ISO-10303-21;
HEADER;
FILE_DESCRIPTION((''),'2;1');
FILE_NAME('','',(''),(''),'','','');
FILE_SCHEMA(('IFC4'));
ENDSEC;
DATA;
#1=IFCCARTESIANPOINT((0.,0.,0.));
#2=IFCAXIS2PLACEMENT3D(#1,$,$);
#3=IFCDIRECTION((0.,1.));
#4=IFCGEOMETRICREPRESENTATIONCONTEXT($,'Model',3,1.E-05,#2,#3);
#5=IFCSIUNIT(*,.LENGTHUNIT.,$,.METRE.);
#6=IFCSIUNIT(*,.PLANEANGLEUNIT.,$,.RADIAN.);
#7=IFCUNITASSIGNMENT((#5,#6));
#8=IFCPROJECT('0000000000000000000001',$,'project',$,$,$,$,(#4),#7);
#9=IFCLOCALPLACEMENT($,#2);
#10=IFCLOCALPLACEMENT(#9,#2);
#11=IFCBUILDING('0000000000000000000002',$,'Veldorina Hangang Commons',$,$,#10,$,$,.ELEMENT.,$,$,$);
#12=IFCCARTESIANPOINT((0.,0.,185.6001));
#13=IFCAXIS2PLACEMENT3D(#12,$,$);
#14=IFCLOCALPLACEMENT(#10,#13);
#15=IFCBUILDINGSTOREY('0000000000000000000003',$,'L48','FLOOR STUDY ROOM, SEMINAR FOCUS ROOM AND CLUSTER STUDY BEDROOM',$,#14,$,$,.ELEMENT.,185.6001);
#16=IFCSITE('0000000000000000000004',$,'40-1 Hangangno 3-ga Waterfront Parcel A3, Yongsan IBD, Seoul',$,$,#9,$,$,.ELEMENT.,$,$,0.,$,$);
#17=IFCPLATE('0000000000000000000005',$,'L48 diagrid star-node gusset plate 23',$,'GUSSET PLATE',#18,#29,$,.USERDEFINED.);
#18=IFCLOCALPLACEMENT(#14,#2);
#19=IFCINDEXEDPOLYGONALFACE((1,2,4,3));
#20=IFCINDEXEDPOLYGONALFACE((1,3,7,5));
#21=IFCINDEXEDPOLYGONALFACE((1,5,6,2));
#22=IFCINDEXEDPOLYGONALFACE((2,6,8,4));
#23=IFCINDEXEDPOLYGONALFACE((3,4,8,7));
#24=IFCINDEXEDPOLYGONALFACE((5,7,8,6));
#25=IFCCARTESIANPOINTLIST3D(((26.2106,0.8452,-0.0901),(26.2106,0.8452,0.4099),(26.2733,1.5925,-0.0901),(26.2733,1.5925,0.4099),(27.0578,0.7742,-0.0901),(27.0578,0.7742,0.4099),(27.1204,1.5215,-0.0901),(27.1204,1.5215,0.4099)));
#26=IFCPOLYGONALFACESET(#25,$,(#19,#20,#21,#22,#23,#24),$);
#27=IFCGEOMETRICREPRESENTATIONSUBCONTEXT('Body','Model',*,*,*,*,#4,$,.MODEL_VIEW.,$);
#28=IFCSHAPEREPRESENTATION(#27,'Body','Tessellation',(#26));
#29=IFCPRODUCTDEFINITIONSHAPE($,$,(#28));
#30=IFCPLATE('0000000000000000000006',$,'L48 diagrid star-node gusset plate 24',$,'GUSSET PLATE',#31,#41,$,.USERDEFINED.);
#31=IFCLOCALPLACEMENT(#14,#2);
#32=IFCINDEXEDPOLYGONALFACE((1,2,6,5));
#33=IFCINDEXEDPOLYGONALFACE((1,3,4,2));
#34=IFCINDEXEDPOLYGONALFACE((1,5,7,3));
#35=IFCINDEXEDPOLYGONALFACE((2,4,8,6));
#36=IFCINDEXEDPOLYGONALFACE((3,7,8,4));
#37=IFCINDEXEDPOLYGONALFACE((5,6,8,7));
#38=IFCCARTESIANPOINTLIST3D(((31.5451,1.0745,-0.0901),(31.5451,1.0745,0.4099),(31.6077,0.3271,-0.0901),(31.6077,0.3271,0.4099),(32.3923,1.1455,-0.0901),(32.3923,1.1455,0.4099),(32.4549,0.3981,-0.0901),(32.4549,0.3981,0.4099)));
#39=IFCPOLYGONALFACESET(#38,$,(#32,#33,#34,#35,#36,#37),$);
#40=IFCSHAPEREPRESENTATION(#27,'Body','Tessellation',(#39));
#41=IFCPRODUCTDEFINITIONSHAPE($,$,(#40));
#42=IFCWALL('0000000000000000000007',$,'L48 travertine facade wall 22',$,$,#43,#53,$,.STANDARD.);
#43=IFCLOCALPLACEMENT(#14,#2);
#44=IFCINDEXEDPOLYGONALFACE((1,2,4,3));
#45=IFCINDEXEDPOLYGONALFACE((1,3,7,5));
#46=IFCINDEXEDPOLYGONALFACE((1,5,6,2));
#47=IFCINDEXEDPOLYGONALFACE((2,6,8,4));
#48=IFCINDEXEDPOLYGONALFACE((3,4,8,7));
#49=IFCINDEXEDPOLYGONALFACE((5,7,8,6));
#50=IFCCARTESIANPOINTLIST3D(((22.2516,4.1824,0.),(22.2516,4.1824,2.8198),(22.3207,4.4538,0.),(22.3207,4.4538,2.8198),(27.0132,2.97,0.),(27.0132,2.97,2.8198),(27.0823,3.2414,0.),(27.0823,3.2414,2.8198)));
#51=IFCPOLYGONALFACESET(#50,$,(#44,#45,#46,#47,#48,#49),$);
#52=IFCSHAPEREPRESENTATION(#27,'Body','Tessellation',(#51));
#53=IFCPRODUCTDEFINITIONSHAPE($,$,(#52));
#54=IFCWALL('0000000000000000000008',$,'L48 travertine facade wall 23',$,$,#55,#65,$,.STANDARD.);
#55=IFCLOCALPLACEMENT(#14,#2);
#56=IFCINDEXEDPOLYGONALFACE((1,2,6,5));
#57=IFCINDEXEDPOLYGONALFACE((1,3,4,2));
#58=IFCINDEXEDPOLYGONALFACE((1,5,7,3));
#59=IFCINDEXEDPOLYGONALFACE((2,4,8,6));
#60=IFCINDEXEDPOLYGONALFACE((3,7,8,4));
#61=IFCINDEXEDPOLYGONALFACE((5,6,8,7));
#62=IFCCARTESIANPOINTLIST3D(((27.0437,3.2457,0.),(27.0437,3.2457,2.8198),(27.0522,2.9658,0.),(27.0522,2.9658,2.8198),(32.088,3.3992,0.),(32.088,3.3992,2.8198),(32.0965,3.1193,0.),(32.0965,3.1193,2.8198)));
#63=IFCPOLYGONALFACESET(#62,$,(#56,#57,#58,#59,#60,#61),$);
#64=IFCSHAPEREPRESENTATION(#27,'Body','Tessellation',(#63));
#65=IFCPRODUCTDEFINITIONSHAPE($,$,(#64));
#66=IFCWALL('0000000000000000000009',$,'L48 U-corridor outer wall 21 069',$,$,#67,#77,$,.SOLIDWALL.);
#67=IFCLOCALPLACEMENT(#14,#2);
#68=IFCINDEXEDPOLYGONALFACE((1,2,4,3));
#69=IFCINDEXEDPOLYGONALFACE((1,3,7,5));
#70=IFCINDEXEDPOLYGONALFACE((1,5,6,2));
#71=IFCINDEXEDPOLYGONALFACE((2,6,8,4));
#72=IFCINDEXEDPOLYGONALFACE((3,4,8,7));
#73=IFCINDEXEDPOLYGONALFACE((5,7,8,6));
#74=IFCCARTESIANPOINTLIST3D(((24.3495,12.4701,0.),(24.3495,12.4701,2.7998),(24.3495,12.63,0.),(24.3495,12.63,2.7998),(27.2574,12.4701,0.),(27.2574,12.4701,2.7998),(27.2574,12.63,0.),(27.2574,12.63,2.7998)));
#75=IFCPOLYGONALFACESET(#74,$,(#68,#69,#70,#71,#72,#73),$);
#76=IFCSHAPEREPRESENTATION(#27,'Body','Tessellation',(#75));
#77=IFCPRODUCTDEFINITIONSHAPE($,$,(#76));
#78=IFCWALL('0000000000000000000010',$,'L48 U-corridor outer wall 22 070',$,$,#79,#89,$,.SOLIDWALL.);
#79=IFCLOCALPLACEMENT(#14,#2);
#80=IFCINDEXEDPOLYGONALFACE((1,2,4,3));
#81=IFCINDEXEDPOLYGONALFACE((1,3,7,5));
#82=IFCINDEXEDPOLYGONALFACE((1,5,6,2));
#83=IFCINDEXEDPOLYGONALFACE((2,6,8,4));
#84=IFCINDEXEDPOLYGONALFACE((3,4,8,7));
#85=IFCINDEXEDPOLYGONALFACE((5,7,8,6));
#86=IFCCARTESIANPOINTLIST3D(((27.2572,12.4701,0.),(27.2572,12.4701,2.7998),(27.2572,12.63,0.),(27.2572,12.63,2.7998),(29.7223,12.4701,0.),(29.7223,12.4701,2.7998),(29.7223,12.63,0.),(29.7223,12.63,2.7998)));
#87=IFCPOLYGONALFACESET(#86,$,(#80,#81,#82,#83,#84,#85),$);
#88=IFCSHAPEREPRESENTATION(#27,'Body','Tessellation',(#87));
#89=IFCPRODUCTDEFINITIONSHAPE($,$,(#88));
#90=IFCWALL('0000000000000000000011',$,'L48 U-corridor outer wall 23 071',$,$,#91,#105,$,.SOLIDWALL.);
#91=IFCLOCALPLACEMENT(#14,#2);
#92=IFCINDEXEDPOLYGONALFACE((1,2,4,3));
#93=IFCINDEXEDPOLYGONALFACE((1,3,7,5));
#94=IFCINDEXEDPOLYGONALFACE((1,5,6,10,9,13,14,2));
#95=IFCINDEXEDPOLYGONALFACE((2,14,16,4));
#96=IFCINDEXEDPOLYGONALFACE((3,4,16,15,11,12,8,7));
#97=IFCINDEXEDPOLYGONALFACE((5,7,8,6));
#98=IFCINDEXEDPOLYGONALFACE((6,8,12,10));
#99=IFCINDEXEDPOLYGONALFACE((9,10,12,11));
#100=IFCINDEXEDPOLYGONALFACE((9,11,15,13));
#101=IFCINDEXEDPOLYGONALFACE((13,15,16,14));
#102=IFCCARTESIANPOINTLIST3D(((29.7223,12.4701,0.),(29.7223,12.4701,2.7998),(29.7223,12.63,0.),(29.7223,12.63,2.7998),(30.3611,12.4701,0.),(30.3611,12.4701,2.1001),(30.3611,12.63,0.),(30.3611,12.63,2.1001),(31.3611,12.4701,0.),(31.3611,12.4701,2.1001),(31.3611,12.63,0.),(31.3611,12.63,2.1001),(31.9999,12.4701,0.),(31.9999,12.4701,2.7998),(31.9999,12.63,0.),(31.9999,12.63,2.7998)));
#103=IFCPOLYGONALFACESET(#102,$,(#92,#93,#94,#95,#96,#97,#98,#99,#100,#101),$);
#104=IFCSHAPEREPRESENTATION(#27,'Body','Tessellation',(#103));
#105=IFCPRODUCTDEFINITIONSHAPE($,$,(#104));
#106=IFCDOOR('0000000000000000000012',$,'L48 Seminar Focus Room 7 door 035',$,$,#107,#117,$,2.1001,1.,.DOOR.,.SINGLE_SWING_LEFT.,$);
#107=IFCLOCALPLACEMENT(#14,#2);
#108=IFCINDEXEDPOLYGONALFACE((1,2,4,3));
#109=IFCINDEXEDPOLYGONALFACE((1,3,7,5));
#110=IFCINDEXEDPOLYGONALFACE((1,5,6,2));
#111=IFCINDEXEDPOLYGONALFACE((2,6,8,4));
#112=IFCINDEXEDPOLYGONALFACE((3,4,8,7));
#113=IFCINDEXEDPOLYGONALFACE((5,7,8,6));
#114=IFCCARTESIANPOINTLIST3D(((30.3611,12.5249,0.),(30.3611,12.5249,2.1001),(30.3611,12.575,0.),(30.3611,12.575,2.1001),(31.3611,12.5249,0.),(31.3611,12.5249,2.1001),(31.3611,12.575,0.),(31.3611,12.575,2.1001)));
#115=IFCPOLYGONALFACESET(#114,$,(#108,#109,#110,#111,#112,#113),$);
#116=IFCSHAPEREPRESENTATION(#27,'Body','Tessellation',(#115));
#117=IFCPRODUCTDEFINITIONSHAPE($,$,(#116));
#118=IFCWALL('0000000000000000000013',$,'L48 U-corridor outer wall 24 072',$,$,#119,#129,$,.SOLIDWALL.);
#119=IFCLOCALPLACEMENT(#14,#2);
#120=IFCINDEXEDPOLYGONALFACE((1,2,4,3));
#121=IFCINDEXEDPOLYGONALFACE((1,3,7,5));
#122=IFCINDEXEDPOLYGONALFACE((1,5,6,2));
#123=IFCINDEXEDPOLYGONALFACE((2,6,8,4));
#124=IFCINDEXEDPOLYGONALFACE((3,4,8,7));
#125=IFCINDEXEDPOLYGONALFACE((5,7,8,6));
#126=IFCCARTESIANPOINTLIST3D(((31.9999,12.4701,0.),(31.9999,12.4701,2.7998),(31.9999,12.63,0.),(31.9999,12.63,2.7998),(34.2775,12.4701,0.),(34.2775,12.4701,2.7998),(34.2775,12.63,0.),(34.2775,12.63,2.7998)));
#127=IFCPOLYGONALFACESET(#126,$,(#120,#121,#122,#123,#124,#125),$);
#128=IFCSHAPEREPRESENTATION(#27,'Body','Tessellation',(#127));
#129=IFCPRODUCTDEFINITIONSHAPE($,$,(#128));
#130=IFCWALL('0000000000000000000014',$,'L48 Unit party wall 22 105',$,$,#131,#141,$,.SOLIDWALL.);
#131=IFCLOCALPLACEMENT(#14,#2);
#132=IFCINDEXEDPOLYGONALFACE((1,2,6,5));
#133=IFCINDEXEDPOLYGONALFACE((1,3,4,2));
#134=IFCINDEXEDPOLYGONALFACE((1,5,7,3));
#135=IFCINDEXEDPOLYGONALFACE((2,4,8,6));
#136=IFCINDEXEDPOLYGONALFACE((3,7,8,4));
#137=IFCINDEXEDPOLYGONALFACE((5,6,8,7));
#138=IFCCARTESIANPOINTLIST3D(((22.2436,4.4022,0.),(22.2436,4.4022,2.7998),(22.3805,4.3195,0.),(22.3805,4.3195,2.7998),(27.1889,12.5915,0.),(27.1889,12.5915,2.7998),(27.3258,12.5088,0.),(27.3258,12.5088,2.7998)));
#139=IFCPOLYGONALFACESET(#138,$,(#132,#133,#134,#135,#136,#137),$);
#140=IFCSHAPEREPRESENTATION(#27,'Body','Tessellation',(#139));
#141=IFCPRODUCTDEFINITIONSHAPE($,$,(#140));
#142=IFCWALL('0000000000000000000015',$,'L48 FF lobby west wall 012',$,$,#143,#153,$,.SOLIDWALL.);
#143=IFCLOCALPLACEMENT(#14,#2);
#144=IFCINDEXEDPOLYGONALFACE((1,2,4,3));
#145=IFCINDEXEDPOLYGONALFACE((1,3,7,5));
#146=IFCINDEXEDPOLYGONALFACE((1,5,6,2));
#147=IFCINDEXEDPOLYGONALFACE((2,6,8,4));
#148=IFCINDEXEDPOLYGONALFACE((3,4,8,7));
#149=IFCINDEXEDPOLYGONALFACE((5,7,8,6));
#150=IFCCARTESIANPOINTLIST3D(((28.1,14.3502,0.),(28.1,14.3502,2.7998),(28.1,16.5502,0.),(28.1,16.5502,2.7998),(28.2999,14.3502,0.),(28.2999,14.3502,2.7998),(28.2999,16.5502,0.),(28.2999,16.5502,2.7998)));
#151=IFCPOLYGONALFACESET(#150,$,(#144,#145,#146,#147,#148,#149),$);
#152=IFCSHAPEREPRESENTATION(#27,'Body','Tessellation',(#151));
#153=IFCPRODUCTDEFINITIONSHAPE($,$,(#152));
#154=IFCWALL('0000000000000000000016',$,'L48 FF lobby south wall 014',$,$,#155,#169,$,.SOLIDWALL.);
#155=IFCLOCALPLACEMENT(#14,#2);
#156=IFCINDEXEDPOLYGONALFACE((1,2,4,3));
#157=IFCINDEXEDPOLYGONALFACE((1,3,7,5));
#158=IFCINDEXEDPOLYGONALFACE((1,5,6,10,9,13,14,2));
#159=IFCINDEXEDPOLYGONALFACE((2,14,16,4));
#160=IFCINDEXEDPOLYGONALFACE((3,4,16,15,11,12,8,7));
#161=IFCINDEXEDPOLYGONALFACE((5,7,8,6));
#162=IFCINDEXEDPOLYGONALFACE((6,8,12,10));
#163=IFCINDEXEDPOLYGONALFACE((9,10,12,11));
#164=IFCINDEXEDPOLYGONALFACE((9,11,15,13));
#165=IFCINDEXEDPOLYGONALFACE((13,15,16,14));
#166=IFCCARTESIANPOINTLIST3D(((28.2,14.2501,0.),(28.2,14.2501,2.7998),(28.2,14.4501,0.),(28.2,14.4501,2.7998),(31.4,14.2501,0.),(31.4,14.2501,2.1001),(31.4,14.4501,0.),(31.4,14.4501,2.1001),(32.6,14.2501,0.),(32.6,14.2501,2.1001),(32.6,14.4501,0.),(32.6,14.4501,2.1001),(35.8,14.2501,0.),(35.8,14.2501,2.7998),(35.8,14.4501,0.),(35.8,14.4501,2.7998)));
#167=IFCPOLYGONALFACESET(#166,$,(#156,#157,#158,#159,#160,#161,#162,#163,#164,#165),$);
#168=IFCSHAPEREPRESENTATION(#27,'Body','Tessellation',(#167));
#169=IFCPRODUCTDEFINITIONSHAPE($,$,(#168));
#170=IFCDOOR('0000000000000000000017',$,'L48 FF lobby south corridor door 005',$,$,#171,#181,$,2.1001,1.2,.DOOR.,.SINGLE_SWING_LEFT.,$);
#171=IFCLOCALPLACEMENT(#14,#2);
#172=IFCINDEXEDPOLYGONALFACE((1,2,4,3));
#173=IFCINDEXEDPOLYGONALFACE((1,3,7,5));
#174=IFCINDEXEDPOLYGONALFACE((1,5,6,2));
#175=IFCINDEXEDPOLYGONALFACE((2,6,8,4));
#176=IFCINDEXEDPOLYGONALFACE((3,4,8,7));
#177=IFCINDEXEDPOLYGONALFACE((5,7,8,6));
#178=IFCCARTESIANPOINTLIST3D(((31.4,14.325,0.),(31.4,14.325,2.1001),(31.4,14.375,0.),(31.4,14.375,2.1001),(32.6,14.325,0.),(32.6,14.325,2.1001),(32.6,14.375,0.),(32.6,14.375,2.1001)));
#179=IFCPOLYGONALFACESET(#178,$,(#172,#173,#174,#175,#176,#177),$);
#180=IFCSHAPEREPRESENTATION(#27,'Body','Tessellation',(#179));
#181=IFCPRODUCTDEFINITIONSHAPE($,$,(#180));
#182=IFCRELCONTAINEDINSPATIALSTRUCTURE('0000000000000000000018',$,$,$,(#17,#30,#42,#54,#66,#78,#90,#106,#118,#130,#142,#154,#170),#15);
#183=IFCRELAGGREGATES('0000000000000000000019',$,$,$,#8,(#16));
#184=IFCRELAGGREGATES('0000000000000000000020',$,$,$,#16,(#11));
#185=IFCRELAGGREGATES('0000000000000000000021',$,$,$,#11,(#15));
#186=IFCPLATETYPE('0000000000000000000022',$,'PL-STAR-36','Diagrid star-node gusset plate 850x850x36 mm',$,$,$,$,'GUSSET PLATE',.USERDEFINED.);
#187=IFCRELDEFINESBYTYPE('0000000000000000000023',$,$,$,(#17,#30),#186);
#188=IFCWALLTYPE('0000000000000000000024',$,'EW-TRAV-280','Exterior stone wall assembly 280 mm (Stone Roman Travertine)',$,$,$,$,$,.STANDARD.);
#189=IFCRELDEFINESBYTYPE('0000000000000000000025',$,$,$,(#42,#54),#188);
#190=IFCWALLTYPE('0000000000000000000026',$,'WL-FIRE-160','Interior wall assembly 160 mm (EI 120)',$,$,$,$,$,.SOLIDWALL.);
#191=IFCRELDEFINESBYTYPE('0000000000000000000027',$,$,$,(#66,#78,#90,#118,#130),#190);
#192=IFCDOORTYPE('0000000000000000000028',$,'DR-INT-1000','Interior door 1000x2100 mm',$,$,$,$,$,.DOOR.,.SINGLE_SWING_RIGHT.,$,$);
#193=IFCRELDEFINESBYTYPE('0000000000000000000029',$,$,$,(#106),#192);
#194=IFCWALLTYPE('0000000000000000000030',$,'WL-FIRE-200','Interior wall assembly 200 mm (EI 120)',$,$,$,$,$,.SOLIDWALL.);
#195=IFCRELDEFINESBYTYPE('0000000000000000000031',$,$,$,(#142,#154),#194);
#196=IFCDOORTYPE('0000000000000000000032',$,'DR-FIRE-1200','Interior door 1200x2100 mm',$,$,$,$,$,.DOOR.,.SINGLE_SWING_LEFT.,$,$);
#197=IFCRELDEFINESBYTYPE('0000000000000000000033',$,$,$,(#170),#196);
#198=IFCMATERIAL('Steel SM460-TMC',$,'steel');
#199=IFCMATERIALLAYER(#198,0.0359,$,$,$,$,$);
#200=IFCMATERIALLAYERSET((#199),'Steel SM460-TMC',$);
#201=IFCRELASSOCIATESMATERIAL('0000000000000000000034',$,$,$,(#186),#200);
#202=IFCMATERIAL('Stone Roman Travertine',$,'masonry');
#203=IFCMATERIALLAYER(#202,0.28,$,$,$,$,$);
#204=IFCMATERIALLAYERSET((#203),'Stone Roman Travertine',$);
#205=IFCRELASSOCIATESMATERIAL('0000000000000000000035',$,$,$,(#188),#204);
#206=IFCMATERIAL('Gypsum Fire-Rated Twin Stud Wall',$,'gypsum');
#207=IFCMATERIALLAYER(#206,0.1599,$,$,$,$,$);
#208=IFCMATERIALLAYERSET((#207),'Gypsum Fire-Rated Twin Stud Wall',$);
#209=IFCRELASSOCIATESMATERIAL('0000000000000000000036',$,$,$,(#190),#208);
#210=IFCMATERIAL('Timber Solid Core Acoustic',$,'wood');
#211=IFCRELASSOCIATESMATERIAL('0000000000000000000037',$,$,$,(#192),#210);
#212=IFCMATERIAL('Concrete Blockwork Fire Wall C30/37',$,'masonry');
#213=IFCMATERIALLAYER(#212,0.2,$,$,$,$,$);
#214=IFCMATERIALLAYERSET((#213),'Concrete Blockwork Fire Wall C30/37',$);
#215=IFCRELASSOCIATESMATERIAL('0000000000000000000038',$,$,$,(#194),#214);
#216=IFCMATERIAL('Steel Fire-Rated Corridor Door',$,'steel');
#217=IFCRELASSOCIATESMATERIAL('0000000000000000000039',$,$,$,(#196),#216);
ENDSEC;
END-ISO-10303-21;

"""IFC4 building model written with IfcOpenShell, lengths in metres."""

from ifc_helpers import new_model, si_unit, direction, frame, frame_2d, origin, origin_2d, place, context, subcontext, project, spatial, rectangle, extrude, material, layer, layer_set, type_object, element, fill, save


model = new_model("IFC4")

# Units and contexts
model_context = context("Model", 3, precision=1e-05, world=origin(), true_north=direction((0.0, 1.0)))
body_context = subcontext(model_context, "Body", "Model", "MODEL_VIEW")
ifc_project = project(units=[si_unit("LENGTHUNIT", "METRE"), si_unit("PLANEANGLEUNIT", "RADIAN")], contexts=[model_context])

# Site, building, storey
site_placement = place(None, origin())
site = spatial("IfcSite", under=ifc_project, at=site_placement, Name="40-1 Hangangno 3-ga Waterfront Parcel A3, Yongsan IBD, Seoul", CompositionType="ELEMENT", RefElevation=0.0)
building_placement = place(site_placement, origin())
building = spatial("IfcBuilding", under=site, at=building_placement, Name="Veldorina Hangang Commons", CompositionType="ELEMENT")
storey_placement = place(building_placement, frame((0.0, 0.0, 185.6001)))
storey = spatial("IfcBuildingStorey", under=building, at=storey_placement, Name="L48", Description="FLOOR STUDY ROOM, SEMINAR FOCUS ROOM AND CLUSTER STUDY BEDROOM", CompositionType="ELEMENT", Elevation=185.6001)

# Plates
ifc_material_1 = material(Name="Steel SM460-TMC", Category="steel")
ifc_layer_1 = layer(ifc_material_1, 0.0359)
ifc_layer_set_1 = layer_set([ifc_layer_1], Name="Steel SM460-TMC")
plate_type = type_object("IfcPlateType", Name="PL-STAR-36", Description="Diagrid star-node gusset plate 850x850x36 mm", ElementType="GUSSET PLATE", PredefinedType="USERDEFINED", material=ifc_layer_set_1)
for number, where, z_axis, x_axis, name in (
    (1, (26.6655, 1.1833, -0.0901), (0.0, 0.0, 1.0), (0.996507, -0.083504, 0.0), "L48 diagrid star-node gusset plate 23"),
    (2, (32.0, 0.7363, -0.0901), (0.0, 0.0, 1.0), (0.996507, 0.083504, 0.0), "L48 diagrid star-node gusset plate 24"),
):
    element("IfcPlate", number, at=place(storey_placement, frame(where, z_axis=z_axis, x_axis=x_axis)), inside=storey, type_object=plate_type, Name=name, ObjectType="GUSSET PLATE", PredefinedType="USERDEFINED", context=body_context, shape_type="SweptSolid", body=[
        extrude(rectangle(XDim=0.8501, YDim=0.75, at=origin_2d()), origin(), (0.0, 0.0, 1.0), 0.5),
    ])

# Walls
ifc_material_2 = material(Name="Stone Roman Travertine", Category="masonry")
ifc_layer_2 = layer(ifc_material_2, 0.28)
ifc_layer_set_2 = layer_set([ifc_layer_2], Name="Stone Roman Travertine")
wall_type_1 = type_object("IfcWallType", Name="EW-TRAV-280", Description="Exterior stone wall assembly 280 mm (Stone Roman Travertine)", PredefinedType="STANDARD", material=ifc_layer_set_2)
wall_1_placement = place(storey_placement, frame((22.2861, 4.3181, 0.0), z_axis=(0.0, 0.0, 1.0), x_axis=(0.969081, -0.246742, 0.0)))
element("IfcWall", 3, at=wall_1_placement, inside=storey, type_object=wall_type_1, Name="L48 travertine facade wall 22", PredefinedType="STANDARD", context=body_context, shape_type="SweptSolid", body=[
    extrude(rectangle(XDim=4.9136, YDim=0.28, at=frame_2d((2.4568, 0.0))), origin(), (0.0, 0.0, 1.0), 2.8198),
])
wall_2_placement = place(storey_placement, frame((27.0479, 3.1057, 0.0), z_axis=(0.0, 0.0, 1.0), x_axis=(0.999537, 0.03043, 0.0)))
element("IfcWall", 4, at=wall_2_placement, inside=storey, type_object=wall_type_1, Name="L48 travertine facade wall 23", PredefinedType="STANDARD", context=body_context, shape_type="SweptSolid", body=[
    extrude(rectangle(XDim=5.0466, YDim=0.28, at=frame_2d((2.5234, 0.0))), origin(), (0.0, 0.0, 1.0), 2.8198),
])
ifc_material_3 = material(Name="Gypsum Fire-Rated Twin Stud Wall", Category="gypsum")
ifc_layer_3 = layer(ifc_material_3, 0.1599)
ifc_layer_set_3 = layer_set([ifc_layer_3], Name="Gypsum Fire-Rated Twin Stud Wall")
wall_type_2 = type_object("IfcWallType", Name="WL-FIRE-160", Description="Interior wall assembly 160 mm (EI 120)", PredefinedType="SOLIDWALL", material=ifc_layer_set_3)
wall_3_placement = place(storey_placement, frame((24.3494, 12.55, 0.0), z_axis=(0.0, 0.0, 1.0), x_axis=(1.0, 0.0, 0.0)))
element("IfcWall", 5, at=wall_3_placement, inside=storey, type_object=wall_type_2, Name="L48 U-corridor outer wall 21 069", PredefinedType="SOLIDWALL", context=body_context, shape_type="SweptSolid", body=[
    extrude(rectangle(XDim=2.908, YDim=0.1599, at=frame_2d((1.4541, 0.0))), origin(), (0.0, 0.0, 1.0), 2.7998),
])
wall_4_placement = place(storey_placement, frame((27.2573, 12.55, 0.0), z_axis=(0.0, 0.0, 1.0), x_axis=(1.0, 0.0, 0.0)))
element("IfcWall", 6, at=wall_4_placement, inside=storey, type_object=wall_type_2, Name="L48 U-corridor outer wall 22 070", PredefinedType="SOLIDWALL", context=body_context, shape_type="SweptSolid", body=[
    extrude(rectangle(XDim=2.4651, YDim=0.1599, at=frame_2d((1.2324, 0.0))), origin(), (0.0, 0.0, 1.0), 2.7998),
])

# Wall, opening, door
wall_5_placement = place(storey_placement, frame((29.7224, 12.55, 0.0), z_axis=(0.0, 0.0, 1.0), x_axis=(1.0, 0.0, 0.0)))
wall_5 = element("IfcWall", 7, at=wall_5_placement, inside=storey, type_object=wall_type_2, Name="L48 U-corridor outer wall 23 071", PredefinedType="SOLIDWALL", context=body_context, shape_type="SweptSolid", body=[
    extrude(rectangle(XDim=2.2776, YDim=0.1599, at=frame_2d((1.1387, 0.0))), origin(), (0.0, 0.0, 1.0), 2.7998),
])
opening_1_placement = place(wall_5_placement, frame((0.6387, 0.0, 0.0)))
opening_1 = element("IfcOpeningElement", 8, at=opening_1_placement, cuts=wall_5, PredefinedType="OPENING", context=body_context, shape_type="SweptSolid", body=[
    extrude(rectangle(XDim=1.0, YDim=2.1001, at=frame_2d((0.5, 1.05))), frame((0.0, 0.0898, 0.0), z_axis=(0.0, -1.0, 0.0), x_axis=(1.0, 0.0, 0.0)), (0.0, 0.0, 1.0), 0.1799),
])
ifc_material_4 = material(Name="Timber Solid Core Acoustic", Category="wood")
door_type_1 = type_object("IfcDoorType", Name="DR-INT-1000", Description="Interior door 1000x2100 mm", OperationType="SINGLE_SWING_RIGHT", PredefinedType="DOOR", material=ifc_material_4)
door_1_placement = place(opening_1_placement, origin())
door_1 = element("IfcDoor", 9, at=door_1_placement, inside=storey, type_object=door_type_1, Name="L48 Seminar Focus Room 7 door 035", OperationType="SINGLE_SWING_LEFT", OverallHeight=2.1001, OverallWidth=1.0, PredefinedType="DOOR", context=body_context, shape_type="SweptSolid", body=[
    extrude(rectangle(XDim=1.0, YDim=2.1001, at=frame_2d((0.5, 1.05))), frame((0.0, 0.0249, 0.0), z_axis=(0.0, -1.0, 0.0), x_axis=(1.0, 0.0, 0.0)), (0.0, 0.0, 1.0), 0.05),
])
fill(opening_1, door_1)

# Walls
wall_6_placement = place(storey_placement, frame((32.0, 12.55, 0.0), z_axis=(0.0, 0.0, 1.0), x_axis=(1.0, 0.0, 0.0)))
element("IfcWall", 10, at=wall_6_placement, inside=storey, type_object=wall_type_2, Name="L48 U-corridor outer wall 24 072", PredefinedType="SOLIDWALL", context=body_context, shape_type="SweptSolid", body=[
    extrude(rectangle(XDim=2.2776, YDim=0.1599, at=frame_2d((1.1387, 0.0))), origin(), (0.0, 0.0, 1.0), 2.7998),
])
wall_7_placement = place(storey_placement, frame((27.2573, 12.55, 0.0), z_axis=(0.0, 0.0, 1.0), x_axis=(-0.516937, -0.856024, 0.0)))
element("IfcWall", 11, at=wall_7_placement, inside=storey, type_object=wall_type_2, Name="L48 Unit party wall 22 105", PredefinedType="SOLIDWALL", context=body_context, shape_type="SweptSolid", body=[
    extrude(rectangle(XDim=9.5667, YDim=0.1599, at=frame_2d((4.7832, 0.0))), origin(), (0.0, 0.0, 1.0), 2.7998),
])
ifc_material_5 = material(Name="Concrete Blockwork Fire Wall C30/37", Category="masonry")
ifc_layer_4 = layer(ifc_material_5, 0.2)
ifc_layer_set_4 = layer_set([ifc_layer_4], Name="Concrete Blockwork Fire Wall C30/37")
wall_type_3 = type_object("IfcWallType", Name="WL-FIRE-200", Description="Interior wall assembly 200 mm (EI 120)", PredefinedType="SOLIDWALL", material=ifc_layer_set_4)
wall_8_placement = place(storey_placement, frame((28.2, 14.3501, 0.0), z_axis=(0.0, 0.0, 1.0), x_axis=(0.0, 1.0, 0.0)))
element("IfcWall", 12, at=wall_8_placement, inside=storey, type_object=wall_type_3, Name="L48 FF lobby west wall 012", PredefinedType="SOLIDWALL", context=body_context, shape_type="SweptSolid", body=[
    extrude(rectangle(XDim=2.2, YDim=0.2, at=frame_2d((1.1001, 0.0))), origin(), (0.0, 0.0, 1.0), 2.7998),
])

# Wall, opening, door
wall_9_placement = place(storey_placement, frame((28.2, 14.3501, 0.0), z_axis=(0.0, 0.0, 1.0), x_axis=(1.0, 0.0, 0.0)))
wall_9 = element("IfcWall", 13, at=wall_9_placement, inside=storey, type_object=wall_type_3, Name="L48 FF lobby south wall 014", PredefinedType="SOLIDWALL", context=body_context, shape_type="SweptSolid", body=[
    extrude(rectangle(XDim=7.6001, YDim=0.2, at=frame_2d((3.8, 0.0))), origin(), (0.0, 0.0, 1.0), 2.7998),
])
opening_2_placement = place(wall_9_placement, frame((3.2, 0.0, 0.0)))
opening_2 = element("IfcOpeningElement", 14, at=opening_2_placement, cuts=wall_9, PredefinedType="OPENING", context=body_context, shape_type="SweptSolid", body=[
    extrude(rectangle(XDim=1.2, YDim=2.1001, at=frame_2d((0.6001, 1.05))), frame((0.0, 0.1099, 0.0), z_axis=(0.0, -1.0, 0.0), x_axis=(1.0, 0.0, 0.0)), (0.0, 0.0, 1.0), 0.22),
])
ifc_material_6 = material(Name="Steel Fire-Rated Corridor Door", Category="steel")
door_type_2 = type_object("IfcDoorType", Name="DR-FIRE-1200", Description="Interior door 1200x2100 mm", OperationType="SINGLE_SWING_LEFT", PredefinedType="DOOR", material=ifc_material_6)
door_2_placement = place(opening_2_placement, origin())
door_2 = element("IfcDoor", 15, at=door_2_placement, inside=storey, type_object=door_type_2, Name="L48 FF lobby south corridor door 005", OperationType="SINGLE_SWING_LEFT", OverallHeight=2.1001, OverallWidth=1.2, PredefinedType="DOOR", context=body_context, shape_type="SweptSolid", body=[
    extrude(rectangle(XDim=1.2, YDim=2.1001, at=frame_2d((0.6001, 1.05))), frame((0.0, 0.0249, 0.0), z_axis=(0.0, -1.0, 0.0), x_axis=(1.0, 0.0, 0.0)), (0.0, 0.0, 1.0), 0.05),
])
fill(opening_2, door_2)

save(model, "model.ifc")
